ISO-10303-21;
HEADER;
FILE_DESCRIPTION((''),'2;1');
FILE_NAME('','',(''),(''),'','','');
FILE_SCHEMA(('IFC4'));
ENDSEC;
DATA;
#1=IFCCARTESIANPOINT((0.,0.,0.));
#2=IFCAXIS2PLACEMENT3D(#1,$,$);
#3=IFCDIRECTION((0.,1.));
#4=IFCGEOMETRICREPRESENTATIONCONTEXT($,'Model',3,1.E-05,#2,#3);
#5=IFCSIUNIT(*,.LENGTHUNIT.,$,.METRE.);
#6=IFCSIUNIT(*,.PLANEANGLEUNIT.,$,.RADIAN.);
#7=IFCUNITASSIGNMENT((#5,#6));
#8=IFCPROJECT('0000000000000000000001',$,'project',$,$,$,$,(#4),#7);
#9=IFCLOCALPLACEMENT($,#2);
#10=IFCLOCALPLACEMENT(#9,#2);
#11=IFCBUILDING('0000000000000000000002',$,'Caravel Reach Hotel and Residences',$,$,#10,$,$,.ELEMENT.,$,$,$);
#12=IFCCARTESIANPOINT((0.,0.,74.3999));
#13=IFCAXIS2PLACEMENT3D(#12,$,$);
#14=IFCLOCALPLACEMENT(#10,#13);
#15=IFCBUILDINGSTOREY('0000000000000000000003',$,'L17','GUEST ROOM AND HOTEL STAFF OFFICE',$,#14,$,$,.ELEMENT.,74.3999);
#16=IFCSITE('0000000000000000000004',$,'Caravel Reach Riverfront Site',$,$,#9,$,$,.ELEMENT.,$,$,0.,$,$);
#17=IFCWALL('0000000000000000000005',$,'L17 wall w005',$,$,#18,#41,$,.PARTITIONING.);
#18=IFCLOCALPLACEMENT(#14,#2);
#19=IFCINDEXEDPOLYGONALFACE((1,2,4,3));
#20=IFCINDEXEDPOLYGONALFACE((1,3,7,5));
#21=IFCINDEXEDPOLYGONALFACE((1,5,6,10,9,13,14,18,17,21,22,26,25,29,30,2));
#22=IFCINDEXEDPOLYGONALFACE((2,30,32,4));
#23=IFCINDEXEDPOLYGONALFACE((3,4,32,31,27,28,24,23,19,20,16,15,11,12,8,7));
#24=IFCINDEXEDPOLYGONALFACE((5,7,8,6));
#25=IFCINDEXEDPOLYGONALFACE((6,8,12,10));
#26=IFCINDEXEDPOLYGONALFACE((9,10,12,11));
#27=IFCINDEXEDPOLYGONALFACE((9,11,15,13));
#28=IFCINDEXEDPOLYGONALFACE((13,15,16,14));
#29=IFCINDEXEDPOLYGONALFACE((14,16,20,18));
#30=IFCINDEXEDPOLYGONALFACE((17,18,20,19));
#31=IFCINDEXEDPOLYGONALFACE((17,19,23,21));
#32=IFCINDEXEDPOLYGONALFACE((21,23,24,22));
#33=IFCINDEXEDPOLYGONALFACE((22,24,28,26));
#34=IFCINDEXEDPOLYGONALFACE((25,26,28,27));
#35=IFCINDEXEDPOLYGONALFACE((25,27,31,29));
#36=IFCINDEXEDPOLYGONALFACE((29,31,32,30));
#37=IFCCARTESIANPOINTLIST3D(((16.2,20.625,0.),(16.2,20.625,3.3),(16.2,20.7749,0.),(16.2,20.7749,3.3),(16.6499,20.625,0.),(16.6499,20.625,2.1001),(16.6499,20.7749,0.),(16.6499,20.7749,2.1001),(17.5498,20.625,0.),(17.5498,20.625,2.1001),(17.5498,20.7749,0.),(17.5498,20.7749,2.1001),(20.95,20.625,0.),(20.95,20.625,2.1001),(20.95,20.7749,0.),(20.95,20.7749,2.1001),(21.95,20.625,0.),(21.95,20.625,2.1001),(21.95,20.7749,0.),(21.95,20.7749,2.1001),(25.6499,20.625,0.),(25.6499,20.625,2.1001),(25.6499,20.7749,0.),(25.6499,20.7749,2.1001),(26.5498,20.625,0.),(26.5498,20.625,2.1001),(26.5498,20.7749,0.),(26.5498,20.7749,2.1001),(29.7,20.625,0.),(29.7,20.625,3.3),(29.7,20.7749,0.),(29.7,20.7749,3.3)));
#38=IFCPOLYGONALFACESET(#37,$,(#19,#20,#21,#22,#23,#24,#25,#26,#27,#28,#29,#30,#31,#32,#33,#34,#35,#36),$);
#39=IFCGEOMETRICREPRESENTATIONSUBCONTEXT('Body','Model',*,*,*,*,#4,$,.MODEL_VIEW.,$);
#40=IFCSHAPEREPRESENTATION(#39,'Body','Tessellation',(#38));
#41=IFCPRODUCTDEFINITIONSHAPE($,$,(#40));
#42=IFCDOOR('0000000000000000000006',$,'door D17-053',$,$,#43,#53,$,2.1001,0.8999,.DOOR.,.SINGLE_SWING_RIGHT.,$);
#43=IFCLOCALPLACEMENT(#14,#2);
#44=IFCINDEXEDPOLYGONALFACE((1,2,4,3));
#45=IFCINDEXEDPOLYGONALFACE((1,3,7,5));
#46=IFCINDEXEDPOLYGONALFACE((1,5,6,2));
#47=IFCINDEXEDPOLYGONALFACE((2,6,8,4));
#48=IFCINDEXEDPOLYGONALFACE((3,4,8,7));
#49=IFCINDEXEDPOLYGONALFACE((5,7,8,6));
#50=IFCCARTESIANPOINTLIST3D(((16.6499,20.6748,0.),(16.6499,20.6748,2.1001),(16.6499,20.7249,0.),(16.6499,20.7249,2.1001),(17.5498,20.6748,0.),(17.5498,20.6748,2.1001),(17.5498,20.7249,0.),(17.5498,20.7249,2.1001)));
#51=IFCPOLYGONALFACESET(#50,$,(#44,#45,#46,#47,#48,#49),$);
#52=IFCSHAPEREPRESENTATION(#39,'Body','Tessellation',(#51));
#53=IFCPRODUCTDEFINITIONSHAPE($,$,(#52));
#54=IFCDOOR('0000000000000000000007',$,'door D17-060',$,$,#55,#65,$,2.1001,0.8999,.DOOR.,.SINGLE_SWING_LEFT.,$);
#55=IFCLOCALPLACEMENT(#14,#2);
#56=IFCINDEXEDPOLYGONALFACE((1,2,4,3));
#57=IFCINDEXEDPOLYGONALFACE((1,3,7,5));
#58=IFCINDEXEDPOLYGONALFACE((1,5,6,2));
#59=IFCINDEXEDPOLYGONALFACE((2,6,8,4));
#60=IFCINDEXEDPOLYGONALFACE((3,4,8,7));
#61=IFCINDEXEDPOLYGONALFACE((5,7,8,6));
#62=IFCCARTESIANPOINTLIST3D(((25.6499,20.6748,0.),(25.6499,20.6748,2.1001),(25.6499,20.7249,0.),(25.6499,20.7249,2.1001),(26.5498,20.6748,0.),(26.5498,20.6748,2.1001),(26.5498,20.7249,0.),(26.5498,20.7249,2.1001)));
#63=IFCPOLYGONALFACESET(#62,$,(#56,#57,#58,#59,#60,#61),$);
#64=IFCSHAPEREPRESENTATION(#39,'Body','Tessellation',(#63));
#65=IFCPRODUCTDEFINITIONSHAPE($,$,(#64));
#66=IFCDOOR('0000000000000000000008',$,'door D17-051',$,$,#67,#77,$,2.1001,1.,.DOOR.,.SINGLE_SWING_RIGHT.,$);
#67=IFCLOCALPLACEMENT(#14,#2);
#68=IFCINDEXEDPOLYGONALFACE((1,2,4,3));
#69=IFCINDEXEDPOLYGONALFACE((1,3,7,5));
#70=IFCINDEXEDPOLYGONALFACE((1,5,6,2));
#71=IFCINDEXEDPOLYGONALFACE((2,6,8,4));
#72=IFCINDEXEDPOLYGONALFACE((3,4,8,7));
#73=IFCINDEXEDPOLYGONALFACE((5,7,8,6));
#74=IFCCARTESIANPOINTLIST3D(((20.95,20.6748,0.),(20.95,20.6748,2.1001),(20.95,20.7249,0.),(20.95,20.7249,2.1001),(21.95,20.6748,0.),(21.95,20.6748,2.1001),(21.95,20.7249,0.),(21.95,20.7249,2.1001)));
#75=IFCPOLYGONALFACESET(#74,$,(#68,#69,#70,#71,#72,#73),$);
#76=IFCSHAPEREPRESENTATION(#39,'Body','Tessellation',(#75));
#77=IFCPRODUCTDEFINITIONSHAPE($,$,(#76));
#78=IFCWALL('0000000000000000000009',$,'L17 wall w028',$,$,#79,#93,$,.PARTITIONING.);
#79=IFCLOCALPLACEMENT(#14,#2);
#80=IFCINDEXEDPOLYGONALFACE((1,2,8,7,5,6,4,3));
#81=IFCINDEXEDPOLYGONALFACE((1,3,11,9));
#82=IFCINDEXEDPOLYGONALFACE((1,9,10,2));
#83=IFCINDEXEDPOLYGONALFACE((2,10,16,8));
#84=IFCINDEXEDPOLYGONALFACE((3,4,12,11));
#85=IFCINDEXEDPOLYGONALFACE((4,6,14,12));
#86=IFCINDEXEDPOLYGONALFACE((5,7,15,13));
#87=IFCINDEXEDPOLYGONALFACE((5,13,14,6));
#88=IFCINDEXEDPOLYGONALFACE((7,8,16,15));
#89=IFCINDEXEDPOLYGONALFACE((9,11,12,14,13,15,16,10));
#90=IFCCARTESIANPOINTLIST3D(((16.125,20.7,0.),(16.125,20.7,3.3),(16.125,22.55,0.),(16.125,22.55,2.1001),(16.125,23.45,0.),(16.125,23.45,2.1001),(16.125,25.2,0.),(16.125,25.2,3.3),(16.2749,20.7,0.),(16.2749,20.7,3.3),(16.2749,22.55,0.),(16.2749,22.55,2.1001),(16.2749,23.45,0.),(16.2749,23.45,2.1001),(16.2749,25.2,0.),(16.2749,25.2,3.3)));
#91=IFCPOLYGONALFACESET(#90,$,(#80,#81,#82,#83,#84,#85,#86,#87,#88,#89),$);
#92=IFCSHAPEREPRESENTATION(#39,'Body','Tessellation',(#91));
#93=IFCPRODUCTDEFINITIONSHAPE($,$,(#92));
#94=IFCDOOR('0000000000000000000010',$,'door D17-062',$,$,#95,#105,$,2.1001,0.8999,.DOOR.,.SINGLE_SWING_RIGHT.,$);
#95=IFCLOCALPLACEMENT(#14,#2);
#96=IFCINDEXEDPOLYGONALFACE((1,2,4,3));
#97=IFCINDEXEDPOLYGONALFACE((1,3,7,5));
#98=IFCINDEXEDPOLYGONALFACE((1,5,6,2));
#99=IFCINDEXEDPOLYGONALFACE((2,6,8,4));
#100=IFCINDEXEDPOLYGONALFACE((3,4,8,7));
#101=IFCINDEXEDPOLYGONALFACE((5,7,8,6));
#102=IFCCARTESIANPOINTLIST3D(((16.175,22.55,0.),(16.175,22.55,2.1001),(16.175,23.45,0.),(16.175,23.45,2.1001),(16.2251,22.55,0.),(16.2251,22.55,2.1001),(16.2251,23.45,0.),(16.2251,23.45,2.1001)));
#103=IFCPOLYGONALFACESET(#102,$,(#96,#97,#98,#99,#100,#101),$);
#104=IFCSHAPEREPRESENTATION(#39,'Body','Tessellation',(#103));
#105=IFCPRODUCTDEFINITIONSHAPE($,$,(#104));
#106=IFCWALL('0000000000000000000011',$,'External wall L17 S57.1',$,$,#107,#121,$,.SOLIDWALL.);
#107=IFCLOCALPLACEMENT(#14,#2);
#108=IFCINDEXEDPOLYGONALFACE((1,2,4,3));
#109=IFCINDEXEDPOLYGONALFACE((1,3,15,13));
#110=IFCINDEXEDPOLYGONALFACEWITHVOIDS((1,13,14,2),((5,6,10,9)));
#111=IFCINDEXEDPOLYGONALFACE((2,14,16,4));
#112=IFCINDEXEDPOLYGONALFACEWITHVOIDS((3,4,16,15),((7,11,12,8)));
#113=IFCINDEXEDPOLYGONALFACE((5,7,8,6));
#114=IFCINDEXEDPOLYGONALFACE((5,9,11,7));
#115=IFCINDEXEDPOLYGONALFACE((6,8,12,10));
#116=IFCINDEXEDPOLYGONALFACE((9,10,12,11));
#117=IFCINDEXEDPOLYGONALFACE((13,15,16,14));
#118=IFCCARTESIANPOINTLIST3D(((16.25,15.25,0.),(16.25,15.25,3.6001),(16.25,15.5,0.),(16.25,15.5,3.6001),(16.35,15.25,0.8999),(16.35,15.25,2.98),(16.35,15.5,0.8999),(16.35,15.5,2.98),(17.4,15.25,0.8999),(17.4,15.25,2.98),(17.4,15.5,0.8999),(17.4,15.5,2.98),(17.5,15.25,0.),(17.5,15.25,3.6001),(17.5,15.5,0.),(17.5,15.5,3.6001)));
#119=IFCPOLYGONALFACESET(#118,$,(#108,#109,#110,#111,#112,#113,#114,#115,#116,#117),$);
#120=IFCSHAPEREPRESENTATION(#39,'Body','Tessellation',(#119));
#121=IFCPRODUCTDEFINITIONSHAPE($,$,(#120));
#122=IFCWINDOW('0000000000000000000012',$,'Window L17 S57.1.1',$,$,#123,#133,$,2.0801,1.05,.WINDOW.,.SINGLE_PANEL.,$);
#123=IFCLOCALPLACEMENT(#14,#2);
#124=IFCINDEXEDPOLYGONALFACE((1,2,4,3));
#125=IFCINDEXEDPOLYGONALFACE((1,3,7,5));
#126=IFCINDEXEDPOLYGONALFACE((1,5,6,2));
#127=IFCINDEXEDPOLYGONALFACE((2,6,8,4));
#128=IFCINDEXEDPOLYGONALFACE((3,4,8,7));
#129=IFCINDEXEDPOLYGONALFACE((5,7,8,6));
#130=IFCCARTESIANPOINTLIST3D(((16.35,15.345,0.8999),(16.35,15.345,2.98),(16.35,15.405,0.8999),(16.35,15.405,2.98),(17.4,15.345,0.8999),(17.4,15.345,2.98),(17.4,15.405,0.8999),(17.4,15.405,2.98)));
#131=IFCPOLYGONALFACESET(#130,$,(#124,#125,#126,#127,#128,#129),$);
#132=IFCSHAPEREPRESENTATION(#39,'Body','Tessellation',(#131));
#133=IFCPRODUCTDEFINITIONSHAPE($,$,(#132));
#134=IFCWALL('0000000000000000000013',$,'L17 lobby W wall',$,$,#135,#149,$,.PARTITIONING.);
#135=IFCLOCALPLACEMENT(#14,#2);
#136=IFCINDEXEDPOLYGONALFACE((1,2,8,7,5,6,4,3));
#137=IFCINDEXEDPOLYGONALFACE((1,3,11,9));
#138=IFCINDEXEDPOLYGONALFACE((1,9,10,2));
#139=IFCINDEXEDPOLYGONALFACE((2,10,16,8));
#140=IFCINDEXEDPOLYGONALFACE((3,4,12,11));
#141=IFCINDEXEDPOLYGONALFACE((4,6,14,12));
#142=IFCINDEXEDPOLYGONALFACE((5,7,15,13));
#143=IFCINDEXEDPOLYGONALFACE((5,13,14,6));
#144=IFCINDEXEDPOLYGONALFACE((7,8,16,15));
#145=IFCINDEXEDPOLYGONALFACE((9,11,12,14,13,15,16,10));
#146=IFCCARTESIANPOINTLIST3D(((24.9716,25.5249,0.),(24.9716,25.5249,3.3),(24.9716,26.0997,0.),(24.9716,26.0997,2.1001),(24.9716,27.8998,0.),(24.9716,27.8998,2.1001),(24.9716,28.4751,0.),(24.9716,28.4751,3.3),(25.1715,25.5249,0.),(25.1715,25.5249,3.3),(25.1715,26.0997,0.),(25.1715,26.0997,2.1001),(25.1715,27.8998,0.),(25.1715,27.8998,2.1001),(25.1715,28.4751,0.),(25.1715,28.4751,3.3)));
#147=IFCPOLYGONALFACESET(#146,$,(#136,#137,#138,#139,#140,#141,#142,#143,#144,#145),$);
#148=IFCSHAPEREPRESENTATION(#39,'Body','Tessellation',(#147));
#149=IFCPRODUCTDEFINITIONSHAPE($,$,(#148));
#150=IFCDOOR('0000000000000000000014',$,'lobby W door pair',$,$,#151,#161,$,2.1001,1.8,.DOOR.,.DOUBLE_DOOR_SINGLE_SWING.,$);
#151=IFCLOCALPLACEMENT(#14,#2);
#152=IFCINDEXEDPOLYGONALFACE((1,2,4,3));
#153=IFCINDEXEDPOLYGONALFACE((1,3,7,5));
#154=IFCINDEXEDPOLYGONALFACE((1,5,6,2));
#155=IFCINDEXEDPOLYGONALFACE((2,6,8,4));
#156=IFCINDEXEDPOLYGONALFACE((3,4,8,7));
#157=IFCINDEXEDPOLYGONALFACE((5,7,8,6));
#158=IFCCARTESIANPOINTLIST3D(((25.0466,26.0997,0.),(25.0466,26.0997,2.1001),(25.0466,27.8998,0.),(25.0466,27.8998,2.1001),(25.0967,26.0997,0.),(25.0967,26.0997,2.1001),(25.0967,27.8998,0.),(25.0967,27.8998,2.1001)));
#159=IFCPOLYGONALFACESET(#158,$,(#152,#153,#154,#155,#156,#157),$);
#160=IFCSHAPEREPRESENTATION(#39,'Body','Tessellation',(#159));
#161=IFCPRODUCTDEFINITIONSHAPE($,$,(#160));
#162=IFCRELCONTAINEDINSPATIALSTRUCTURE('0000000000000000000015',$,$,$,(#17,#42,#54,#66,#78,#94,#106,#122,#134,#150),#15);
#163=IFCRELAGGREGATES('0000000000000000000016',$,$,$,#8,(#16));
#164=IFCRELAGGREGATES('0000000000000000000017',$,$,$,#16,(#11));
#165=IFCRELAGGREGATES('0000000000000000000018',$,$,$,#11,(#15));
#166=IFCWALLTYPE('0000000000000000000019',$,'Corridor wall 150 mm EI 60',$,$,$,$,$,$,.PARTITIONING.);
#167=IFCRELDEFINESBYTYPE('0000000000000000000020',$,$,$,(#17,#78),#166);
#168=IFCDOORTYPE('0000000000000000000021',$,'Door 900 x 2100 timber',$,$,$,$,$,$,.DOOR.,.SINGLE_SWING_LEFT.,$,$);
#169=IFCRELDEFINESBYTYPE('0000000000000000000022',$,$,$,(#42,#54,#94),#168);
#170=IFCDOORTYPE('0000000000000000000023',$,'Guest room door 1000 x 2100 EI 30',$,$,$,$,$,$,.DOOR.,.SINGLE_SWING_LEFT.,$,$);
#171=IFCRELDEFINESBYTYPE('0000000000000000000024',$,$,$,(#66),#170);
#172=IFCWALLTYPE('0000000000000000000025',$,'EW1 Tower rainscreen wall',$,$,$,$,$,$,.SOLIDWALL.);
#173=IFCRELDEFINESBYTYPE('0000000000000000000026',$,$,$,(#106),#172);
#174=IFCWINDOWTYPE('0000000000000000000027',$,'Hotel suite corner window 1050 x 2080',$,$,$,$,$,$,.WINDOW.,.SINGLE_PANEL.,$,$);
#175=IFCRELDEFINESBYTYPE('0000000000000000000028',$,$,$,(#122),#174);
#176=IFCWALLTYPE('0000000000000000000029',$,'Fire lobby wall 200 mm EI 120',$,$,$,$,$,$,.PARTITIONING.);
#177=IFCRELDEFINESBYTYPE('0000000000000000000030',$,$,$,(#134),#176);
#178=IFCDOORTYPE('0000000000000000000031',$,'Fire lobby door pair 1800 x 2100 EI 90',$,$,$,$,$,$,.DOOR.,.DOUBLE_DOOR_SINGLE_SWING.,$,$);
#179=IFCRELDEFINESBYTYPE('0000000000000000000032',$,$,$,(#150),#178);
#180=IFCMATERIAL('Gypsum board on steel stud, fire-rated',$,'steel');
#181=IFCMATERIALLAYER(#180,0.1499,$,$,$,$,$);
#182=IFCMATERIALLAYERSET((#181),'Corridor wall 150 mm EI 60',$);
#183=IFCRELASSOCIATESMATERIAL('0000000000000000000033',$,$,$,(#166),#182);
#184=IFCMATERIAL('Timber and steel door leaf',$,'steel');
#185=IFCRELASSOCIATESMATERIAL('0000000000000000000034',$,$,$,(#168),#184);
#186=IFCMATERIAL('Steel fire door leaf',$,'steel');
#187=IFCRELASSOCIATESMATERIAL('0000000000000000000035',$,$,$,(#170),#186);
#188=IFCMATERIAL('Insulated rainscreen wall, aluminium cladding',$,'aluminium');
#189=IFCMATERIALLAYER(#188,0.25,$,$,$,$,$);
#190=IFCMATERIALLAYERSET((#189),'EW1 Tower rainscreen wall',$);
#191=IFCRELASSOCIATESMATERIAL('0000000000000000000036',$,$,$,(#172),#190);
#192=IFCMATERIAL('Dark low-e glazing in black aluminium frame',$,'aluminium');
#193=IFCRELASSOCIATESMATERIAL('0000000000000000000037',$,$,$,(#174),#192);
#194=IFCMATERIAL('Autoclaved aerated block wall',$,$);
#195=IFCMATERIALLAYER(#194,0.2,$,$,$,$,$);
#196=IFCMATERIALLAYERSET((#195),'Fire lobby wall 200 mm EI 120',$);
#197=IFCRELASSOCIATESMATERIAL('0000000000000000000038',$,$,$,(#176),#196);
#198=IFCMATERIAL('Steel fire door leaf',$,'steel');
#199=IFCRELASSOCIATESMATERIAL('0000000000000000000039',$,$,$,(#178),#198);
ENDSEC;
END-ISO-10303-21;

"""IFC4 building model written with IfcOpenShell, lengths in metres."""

from ifc_helpers import new_model, si_unit, direction, frame, frame_2d, origin, place, context, subcontext, project, spatial, rectangle, extrude, material, layer, layer_set, type_object, element, fill, save


model = new_model("IFC4")

# Units and contexts
model_context = context("Model", 3, precision=1e-05, world=origin(), true_north=direction((0.0, 1.0)))
body_context = subcontext(model_context, "Body", "Model", "MODEL_VIEW")
ifc_project = project(units=[si_unit("LENGTHUNIT", "METRE"), si_unit("PLANEANGLEUNIT", "RADIAN")], contexts=[model_context])

# Site, building, storey
site_placement = place(None, origin())
site = spatial("IfcSite", under=ifc_project, at=site_placement, Name="Caravel Reach Riverfront Site", CompositionType="ELEMENT", RefElevation=0.0)
building_placement = place(site_placement, origin())
building = spatial("IfcBuilding", under=site, at=building_placement, Name="Caravel Reach Hotel and Residences", CompositionType="ELEMENT")
storey_placement = place(building_placement, frame((0.0, 0.0, 74.3999)))
storey = spatial("IfcBuildingStorey", under=building, at=storey_placement, Name="L17", Description="GUEST ROOM AND HOTEL STAFF OFFICE", CompositionType="ELEMENT", Elevation=74.3999)

# Wall, openings, doors
ifc_material_1 = material(Name="Gypsum board on steel stud, fire-rated", Category="steel")
ifc_layer_1 = layer(ifc_material_1, 0.1499)
ifc_layer_set_1 = layer_set([ifc_layer_1], Name="Corridor wall 150 mm EI 60")
wall_type_1 = type_object("IfcWallType", Name="Corridor wall 150 mm EI 60", PredefinedType="PARTITIONING", material=ifc_layer_set_1)
wall_1_placement = place(storey_placement, frame((16.2, 20.7, 0.0), z_axis=(0.0, 0.0, 1.0), x_axis=(1.0, 0.0, 0.0)))
wall_1 = element("IfcWall", 1, at=wall_1_placement, inside=storey, type_object=wall_type_1, Name="L17 wall w005", PredefinedType="PARTITIONING", context=body_context, shape_type="SweptSolid", body=[
    extrude(rectangle(XDim=13.5, YDim=0.1499, at=frame_2d((6.75, 0.0))), origin(), (0.0, 0.0, 1.0), 3.3),
])
opening_1_placement = place(wall_1_placement, frame((4.75, 0.0, 0.0)))
opening_1 = element("IfcOpeningElement", 2, at=opening_1_placement, cuts=wall_1, PredefinedType="OPENING", context=body_context, shape_type="SweptSolid", body=[
    extrude(rectangle(XDim=1.0, YDim=2.1001, at=frame_2d((0.5, 1.05))), frame((0.0, 0.085, 0.0), z_axis=(0.0, -1.0, 0.0), x_axis=(1.0, 0.0, 0.0)), (0.0, 0.0, 1.0), 0.1699),
])
opening_2_placement = place(wall_1_placement, frame((0.45, 0.0, 0.0)))
opening_2 = element("IfcOpeningElement", 3, at=opening_2_placement, cuts=wall_1, PredefinedType="OPENING", context=body_context, shape_type="SweptSolid", body=[
    extrude(rectangle(XDim=0.8999, YDim=2.1001, at=frame_2d((0.45, 1.05))), frame((0.0, 0.085, 0.0), z_axis=(0.0, -1.0, 0.0), x_axis=(1.0, 0.0, 0.0)), (0.0, 0.0, 1.0), 0.1699),
])
opening_3_placement = place(wall_1_placement, frame((9.45, 0.0, 0.0)))
opening_3 = element("IfcOpeningElement", 4, at=opening_3_placement, cuts=wall_1, PredefinedType="OPENING", context=body_context, shape_type="SweptSolid", body=[
    extrude(rectangle(XDim=0.8999, YDim=2.1001, at=frame_2d((0.45, 1.05))), frame((0.0, 0.085, 0.0), z_axis=(0.0, -1.0, 0.0), x_axis=(1.0, 0.0, 0.0)), (0.0, 0.0, 1.0), 0.1699),
])
ifc_material_2 = material(Name="Timber and steel door leaf", Category="steel")
door_type_1 = type_object("IfcDoorType", Name="Door 900 x 2100 timber", OperationType="SINGLE_SWING_LEFT", PredefinedType="DOOR", material=ifc_material_2)
door_1_placement = place(opening_2_placement, origin())
door_1 = element("IfcDoor", 5, at=door_1_placement, inside=storey, type_object=door_type_1, Name="door D17-053", OperationType="SINGLE_SWING_RIGHT", OverallHeight=2.1001, OverallWidth=0.8999, PredefinedType="DOOR", context=body_context, shape_type="SweptSolid", body=[
    extrude(rectangle(XDim=0.8999, YDim=2.1001, at=frame_2d((0.45, 1.05))), frame((0.0, 0.0249, 0.0), z_axis=(0.0, -1.0, 0.0), x_axis=(1.0, 0.0, 0.0)), (0.0, 0.0, 1.0), 0.05),
])
fill(opening_2, door_1)
door_2_placement = place(opening_3_placement, origin())
door_2 = element("IfcDoor", 6, at=door_2_placement, inside=storey, type_object=door_type_1, Name="door D17-060", OperationType="SINGLE_SWING_LEFT", OverallHeight=2.1001, OverallWidth=0.8999, PredefinedType="DOOR", context=body_context, shape_type="SweptSolid", body=[
    extrude(rectangle(XDim=0.8999, YDim=2.1001, at=frame_2d((0.45, 1.05))), frame((0.0, 0.0249, 0.0), z_axis=(0.0, -1.0, 0.0), x_axis=(1.0, 0.0, 0.0)), (0.0, 0.0, 1.0), 0.05),
])
fill(opening_3, door_2)
ifc_material_3 = material(Name="Steel fire door leaf", Category="steel")
door_type_2 = type_object("IfcDoorType", Name="Guest room door 1000 x 2100 EI 30", OperationType="SINGLE_SWING_LEFT", PredefinedType="DOOR", material=ifc_material_3)
door_3_placement = place(opening_1_placement, origin())
door_3 = element("IfcDoor", 7, at=door_3_placement, inside=storey, type_object=door_type_2, Name="door D17-051", OperationType="SINGLE_SWING_RIGHT", OverallHeight=2.1001, OverallWidth=1.0, PredefinedType="DOOR", context=body_context, shape_type="SweptSolid", body=[
    extrude(rectangle(XDim=1.0, YDim=2.1001, at=frame_2d((0.5, 1.05))), frame((0.0, 0.0249, 0.0), z_axis=(0.0, -1.0, 0.0), x_axis=(1.0, 0.0, 0.0)), (0.0, 0.0, 1.0), 0.05),
])
fill(opening_1, door_3)

# Wall, opening, door
wall_2_placement = place(storey_placement, frame((16.2, 20.7, 0.0), z_axis=(0.0, 0.0, 1.0), x_axis=(0.0, 1.0, 0.0)))
wall_2 = element("IfcWall", 8, at=wall_2_placement, inside=storey, type_object=wall_type_1, Name="L17 wall w028", PredefinedType="PARTITIONING", context=body_context, shape_type="SweptSolid", body=[
    extrude(rectangle(XDim=4.5, YDim=0.1499, at=frame_2d((2.25, 0.0))), origin(), (0.0, 0.0, 1.0), 3.3),
])
opening_4_placement = place(wall_2_placement, frame((1.8501, 0.0, 0.0)))
opening_4 = element("IfcOpeningElement", 9, at=opening_4_placement, cuts=wall_2, PredefinedType="OPENING", context=body_context, shape_type="SweptSolid", body=[
    extrude(rectangle(XDim=0.8999, YDim=2.1001, at=frame_2d((0.45, 1.05))), frame((0.0, 0.085, 0.0), z_axis=(0.0, -1.0, 0.0), x_axis=(1.0, 0.0, 0.0)), (0.0, 0.0, 1.0), 0.1699),
])
door_4_placement = place(opening_4_placement, origin())
door_4 = element("IfcDoor", 10, at=door_4_placement, inside=storey, type_object=door_type_1, Name="door D17-062", OperationType="SINGLE_SWING_RIGHT", OverallHeight=2.1001, OverallWidth=0.8999, PredefinedType="DOOR", context=body_context, shape_type="SweptSolid", body=[
    extrude(rectangle(XDim=0.8999, YDim=2.1001, at=frame_2d((0.45, 1.05))), frame((0.0, 0.0249, 0.0), z_axis=(0.0, -1.0, 0.0), x_axis=(1.0, 0.0, 0.0)), (0.0, 0.0, 1.0), 0.05),
])
fill(opening_4, door_4)

# Wall, opening, window
ifc_material_4 = material(Name="Insulated rainscreen wall, aluminium cladding", Category="aluminium")
ifc_layer_2 = layer(ifc_material_4, 0.25)
ifc_layer_set_2 = layer_set([ifc_layer_2], Name="EW1 Tower rainscreen wall")
wall_type_2 = type_object("IfcWallType", Name="EW1 Tower rainscreen wall", PredefinedType="SOLIDWALL", material=ifc_layer_set_2)
wall_3_placement = place(storey_placement, frame((16.25, 15.375, 0.0), z_axis=(0.0, 0.0, 1.0), x_axis=(1.0, 0.0, 0.0)))
wall_3 = element("IfcWall", 11, at=wall_3_placement, inside=storey, type_object=wall_type_2, Name="External wall L17 S57.1", PredefinedType="SOLIDWALL", context=body_context, shape_type="SweptSolid", body=[
    extrude(rectangle(XDim=1.25, YDim=0.25, at=frame_2d((0.625, 0.0))), origin(), (0.0, 0.0, 1.0), 3.6001),
])
opening_5_placement = place(wall_3_placement, frame((0.1001, 0.0, 0.8999)))
opening_5 = element("IfcOpeningElement", 12, at=opening_5_placement, cuts=wall_3, PredefinedType="OPENING", context=body_context, shape_type="SweptSolid", body=[
    extrude(rectangle(XDim=1.05, YDim=2.0801, at=frame_2d((0.5249, 1.04))), frame((0.0, 0.135, 0.0), z_axis=(0.0, -1.0, 0.0), x_axis=(1.0, 0.0, 0.0)), (0.0, 0.0, 1.0), 0.27),
])
ifc_material_5 = material(Name="Dark low-e glazing in black aluminium frame", Category="aluminium")
window_type = type_object("IfcWindowType", Name="Hotel suite corner window 1050 x 2080", PartitioningType="SINGLE_PANEL", PredefinedType="WINDOW", material=ifc_material_5)
window_placement = place(opening_5_placement, origin())
window = element("IfcWindow", 13, at=window_placement, inside=storey, type_object=window_type, Name="Window L17 S57.1.1", OverallHeight=2.0801, OverallWidth=1.05, PartitioningType="SINGLE_PANEL", PredefinedType="WINDOW", context=body_context, shape_type="SweptSolid", body=[
    extrude(rectangle(XDim=1.05, YDim=2.0801, at=frame_2d((0.5249, 1.04))), frame((0.0, 0.03, 0.0), z_axis=(0.0, -1.0, 0.0), x_axis=(1.0, 0.0, 0.0)), (0.0, 0.0, 1.0), 0.0601),
])
fill(opening_5, window)

# Wall, opening, door
ifc_material_6 = material(Name="Autoclaved aerated block wall")
ifc_layer_3 = layer(ifc_material_6, 0.2)
ifc_layer_set_3 = layer_set([ifc_layer_3], Name="Fire lobby wall 200 mm EI 120")
wall_type_3 = type_object("IfcWallType", Name="Fire lobby wall 200 mm EI 120", PredefinedType="PARTITIONING", material=ifc_layer_set_3)
wall_4_placement = place(storey_placement, frame((25.0715, 25.5249, 0.0), z_axis=(0.0, 0.0, 1.0), x_axis=(0.0, 1.0, 0.0)))
wall_4 = element("IfcWall", 14, at=wall_4_placement, inside=storey, type_object=wall_type_3, Name="L17 lobby W wall", PredefinedType="PARTITIONING", context=body_context, shape_type="SweptSolid", body=[
    extrude(rectangle(XDim=2.9502, YDim=0.2, at=frame_2d((1.4751, 0.0))), origin(), (0.0, 0.0, 1.0), 3.3),
])
opening_6_placement = place(wall_4_placement, frame((0.575, 0.0, 0.0)))
opening_6 = element("IfcOpeningElement", 15, at=opening_6_placement, cuts=wall_4, PredefinedType="OPENING", context=body_context, shape_type="SweptSolid", body=[
    extrude(rectangle(XDim=1.8, YDim=2.1001, at=frame_2d((0.8999, 1.05))), frame((0.0, 0.1099, 0.0), z_axis=(0.0, -1.0, 0.0), x_axis=(1.0, 0.0, 0.0)), (0.0, 0.0, 1.0), 0.22),
])
ifc_material_7 = material(Name="Steel fire door leaf", Category="steel")
door_type_3 = type_object("IfcDoorType", Name="Fire lobby door pair 1800 x 2100 EI 90", OperationType="DOUBLE_DOOR_SINGLE_SWING", PredefinedType="DOOR", material=ifc_material_7)
door_5_placement = place(opening_6_placement, origin())
door_5 = element("IfcDoor", 16, at=door_5_placement, inside=storey, type_object=door_type_3, Name="lobby W door pair", OperationType="DOUBLE_DOOR_SINGLE_SWING", OverallHeight=2.1001, OverallWidth=1.8, PredefinedType="DOOR", context=body_context, shape_type="SweptSolid", body=[
    extrude(rectangle(XDim=1.8, YDim=2.1001, at=frame_2d((0.8999, 1.05))), frame((0.0, 0.0249, 0.0), z_axis=(0.0, -1.0, 0.0), x_axis=(1.0, 0.0, 0.0)), (0.0, 0.0, 1.0), 0.05),
])
fill(opening_6, door_5)

save(model, "model.ifc")
